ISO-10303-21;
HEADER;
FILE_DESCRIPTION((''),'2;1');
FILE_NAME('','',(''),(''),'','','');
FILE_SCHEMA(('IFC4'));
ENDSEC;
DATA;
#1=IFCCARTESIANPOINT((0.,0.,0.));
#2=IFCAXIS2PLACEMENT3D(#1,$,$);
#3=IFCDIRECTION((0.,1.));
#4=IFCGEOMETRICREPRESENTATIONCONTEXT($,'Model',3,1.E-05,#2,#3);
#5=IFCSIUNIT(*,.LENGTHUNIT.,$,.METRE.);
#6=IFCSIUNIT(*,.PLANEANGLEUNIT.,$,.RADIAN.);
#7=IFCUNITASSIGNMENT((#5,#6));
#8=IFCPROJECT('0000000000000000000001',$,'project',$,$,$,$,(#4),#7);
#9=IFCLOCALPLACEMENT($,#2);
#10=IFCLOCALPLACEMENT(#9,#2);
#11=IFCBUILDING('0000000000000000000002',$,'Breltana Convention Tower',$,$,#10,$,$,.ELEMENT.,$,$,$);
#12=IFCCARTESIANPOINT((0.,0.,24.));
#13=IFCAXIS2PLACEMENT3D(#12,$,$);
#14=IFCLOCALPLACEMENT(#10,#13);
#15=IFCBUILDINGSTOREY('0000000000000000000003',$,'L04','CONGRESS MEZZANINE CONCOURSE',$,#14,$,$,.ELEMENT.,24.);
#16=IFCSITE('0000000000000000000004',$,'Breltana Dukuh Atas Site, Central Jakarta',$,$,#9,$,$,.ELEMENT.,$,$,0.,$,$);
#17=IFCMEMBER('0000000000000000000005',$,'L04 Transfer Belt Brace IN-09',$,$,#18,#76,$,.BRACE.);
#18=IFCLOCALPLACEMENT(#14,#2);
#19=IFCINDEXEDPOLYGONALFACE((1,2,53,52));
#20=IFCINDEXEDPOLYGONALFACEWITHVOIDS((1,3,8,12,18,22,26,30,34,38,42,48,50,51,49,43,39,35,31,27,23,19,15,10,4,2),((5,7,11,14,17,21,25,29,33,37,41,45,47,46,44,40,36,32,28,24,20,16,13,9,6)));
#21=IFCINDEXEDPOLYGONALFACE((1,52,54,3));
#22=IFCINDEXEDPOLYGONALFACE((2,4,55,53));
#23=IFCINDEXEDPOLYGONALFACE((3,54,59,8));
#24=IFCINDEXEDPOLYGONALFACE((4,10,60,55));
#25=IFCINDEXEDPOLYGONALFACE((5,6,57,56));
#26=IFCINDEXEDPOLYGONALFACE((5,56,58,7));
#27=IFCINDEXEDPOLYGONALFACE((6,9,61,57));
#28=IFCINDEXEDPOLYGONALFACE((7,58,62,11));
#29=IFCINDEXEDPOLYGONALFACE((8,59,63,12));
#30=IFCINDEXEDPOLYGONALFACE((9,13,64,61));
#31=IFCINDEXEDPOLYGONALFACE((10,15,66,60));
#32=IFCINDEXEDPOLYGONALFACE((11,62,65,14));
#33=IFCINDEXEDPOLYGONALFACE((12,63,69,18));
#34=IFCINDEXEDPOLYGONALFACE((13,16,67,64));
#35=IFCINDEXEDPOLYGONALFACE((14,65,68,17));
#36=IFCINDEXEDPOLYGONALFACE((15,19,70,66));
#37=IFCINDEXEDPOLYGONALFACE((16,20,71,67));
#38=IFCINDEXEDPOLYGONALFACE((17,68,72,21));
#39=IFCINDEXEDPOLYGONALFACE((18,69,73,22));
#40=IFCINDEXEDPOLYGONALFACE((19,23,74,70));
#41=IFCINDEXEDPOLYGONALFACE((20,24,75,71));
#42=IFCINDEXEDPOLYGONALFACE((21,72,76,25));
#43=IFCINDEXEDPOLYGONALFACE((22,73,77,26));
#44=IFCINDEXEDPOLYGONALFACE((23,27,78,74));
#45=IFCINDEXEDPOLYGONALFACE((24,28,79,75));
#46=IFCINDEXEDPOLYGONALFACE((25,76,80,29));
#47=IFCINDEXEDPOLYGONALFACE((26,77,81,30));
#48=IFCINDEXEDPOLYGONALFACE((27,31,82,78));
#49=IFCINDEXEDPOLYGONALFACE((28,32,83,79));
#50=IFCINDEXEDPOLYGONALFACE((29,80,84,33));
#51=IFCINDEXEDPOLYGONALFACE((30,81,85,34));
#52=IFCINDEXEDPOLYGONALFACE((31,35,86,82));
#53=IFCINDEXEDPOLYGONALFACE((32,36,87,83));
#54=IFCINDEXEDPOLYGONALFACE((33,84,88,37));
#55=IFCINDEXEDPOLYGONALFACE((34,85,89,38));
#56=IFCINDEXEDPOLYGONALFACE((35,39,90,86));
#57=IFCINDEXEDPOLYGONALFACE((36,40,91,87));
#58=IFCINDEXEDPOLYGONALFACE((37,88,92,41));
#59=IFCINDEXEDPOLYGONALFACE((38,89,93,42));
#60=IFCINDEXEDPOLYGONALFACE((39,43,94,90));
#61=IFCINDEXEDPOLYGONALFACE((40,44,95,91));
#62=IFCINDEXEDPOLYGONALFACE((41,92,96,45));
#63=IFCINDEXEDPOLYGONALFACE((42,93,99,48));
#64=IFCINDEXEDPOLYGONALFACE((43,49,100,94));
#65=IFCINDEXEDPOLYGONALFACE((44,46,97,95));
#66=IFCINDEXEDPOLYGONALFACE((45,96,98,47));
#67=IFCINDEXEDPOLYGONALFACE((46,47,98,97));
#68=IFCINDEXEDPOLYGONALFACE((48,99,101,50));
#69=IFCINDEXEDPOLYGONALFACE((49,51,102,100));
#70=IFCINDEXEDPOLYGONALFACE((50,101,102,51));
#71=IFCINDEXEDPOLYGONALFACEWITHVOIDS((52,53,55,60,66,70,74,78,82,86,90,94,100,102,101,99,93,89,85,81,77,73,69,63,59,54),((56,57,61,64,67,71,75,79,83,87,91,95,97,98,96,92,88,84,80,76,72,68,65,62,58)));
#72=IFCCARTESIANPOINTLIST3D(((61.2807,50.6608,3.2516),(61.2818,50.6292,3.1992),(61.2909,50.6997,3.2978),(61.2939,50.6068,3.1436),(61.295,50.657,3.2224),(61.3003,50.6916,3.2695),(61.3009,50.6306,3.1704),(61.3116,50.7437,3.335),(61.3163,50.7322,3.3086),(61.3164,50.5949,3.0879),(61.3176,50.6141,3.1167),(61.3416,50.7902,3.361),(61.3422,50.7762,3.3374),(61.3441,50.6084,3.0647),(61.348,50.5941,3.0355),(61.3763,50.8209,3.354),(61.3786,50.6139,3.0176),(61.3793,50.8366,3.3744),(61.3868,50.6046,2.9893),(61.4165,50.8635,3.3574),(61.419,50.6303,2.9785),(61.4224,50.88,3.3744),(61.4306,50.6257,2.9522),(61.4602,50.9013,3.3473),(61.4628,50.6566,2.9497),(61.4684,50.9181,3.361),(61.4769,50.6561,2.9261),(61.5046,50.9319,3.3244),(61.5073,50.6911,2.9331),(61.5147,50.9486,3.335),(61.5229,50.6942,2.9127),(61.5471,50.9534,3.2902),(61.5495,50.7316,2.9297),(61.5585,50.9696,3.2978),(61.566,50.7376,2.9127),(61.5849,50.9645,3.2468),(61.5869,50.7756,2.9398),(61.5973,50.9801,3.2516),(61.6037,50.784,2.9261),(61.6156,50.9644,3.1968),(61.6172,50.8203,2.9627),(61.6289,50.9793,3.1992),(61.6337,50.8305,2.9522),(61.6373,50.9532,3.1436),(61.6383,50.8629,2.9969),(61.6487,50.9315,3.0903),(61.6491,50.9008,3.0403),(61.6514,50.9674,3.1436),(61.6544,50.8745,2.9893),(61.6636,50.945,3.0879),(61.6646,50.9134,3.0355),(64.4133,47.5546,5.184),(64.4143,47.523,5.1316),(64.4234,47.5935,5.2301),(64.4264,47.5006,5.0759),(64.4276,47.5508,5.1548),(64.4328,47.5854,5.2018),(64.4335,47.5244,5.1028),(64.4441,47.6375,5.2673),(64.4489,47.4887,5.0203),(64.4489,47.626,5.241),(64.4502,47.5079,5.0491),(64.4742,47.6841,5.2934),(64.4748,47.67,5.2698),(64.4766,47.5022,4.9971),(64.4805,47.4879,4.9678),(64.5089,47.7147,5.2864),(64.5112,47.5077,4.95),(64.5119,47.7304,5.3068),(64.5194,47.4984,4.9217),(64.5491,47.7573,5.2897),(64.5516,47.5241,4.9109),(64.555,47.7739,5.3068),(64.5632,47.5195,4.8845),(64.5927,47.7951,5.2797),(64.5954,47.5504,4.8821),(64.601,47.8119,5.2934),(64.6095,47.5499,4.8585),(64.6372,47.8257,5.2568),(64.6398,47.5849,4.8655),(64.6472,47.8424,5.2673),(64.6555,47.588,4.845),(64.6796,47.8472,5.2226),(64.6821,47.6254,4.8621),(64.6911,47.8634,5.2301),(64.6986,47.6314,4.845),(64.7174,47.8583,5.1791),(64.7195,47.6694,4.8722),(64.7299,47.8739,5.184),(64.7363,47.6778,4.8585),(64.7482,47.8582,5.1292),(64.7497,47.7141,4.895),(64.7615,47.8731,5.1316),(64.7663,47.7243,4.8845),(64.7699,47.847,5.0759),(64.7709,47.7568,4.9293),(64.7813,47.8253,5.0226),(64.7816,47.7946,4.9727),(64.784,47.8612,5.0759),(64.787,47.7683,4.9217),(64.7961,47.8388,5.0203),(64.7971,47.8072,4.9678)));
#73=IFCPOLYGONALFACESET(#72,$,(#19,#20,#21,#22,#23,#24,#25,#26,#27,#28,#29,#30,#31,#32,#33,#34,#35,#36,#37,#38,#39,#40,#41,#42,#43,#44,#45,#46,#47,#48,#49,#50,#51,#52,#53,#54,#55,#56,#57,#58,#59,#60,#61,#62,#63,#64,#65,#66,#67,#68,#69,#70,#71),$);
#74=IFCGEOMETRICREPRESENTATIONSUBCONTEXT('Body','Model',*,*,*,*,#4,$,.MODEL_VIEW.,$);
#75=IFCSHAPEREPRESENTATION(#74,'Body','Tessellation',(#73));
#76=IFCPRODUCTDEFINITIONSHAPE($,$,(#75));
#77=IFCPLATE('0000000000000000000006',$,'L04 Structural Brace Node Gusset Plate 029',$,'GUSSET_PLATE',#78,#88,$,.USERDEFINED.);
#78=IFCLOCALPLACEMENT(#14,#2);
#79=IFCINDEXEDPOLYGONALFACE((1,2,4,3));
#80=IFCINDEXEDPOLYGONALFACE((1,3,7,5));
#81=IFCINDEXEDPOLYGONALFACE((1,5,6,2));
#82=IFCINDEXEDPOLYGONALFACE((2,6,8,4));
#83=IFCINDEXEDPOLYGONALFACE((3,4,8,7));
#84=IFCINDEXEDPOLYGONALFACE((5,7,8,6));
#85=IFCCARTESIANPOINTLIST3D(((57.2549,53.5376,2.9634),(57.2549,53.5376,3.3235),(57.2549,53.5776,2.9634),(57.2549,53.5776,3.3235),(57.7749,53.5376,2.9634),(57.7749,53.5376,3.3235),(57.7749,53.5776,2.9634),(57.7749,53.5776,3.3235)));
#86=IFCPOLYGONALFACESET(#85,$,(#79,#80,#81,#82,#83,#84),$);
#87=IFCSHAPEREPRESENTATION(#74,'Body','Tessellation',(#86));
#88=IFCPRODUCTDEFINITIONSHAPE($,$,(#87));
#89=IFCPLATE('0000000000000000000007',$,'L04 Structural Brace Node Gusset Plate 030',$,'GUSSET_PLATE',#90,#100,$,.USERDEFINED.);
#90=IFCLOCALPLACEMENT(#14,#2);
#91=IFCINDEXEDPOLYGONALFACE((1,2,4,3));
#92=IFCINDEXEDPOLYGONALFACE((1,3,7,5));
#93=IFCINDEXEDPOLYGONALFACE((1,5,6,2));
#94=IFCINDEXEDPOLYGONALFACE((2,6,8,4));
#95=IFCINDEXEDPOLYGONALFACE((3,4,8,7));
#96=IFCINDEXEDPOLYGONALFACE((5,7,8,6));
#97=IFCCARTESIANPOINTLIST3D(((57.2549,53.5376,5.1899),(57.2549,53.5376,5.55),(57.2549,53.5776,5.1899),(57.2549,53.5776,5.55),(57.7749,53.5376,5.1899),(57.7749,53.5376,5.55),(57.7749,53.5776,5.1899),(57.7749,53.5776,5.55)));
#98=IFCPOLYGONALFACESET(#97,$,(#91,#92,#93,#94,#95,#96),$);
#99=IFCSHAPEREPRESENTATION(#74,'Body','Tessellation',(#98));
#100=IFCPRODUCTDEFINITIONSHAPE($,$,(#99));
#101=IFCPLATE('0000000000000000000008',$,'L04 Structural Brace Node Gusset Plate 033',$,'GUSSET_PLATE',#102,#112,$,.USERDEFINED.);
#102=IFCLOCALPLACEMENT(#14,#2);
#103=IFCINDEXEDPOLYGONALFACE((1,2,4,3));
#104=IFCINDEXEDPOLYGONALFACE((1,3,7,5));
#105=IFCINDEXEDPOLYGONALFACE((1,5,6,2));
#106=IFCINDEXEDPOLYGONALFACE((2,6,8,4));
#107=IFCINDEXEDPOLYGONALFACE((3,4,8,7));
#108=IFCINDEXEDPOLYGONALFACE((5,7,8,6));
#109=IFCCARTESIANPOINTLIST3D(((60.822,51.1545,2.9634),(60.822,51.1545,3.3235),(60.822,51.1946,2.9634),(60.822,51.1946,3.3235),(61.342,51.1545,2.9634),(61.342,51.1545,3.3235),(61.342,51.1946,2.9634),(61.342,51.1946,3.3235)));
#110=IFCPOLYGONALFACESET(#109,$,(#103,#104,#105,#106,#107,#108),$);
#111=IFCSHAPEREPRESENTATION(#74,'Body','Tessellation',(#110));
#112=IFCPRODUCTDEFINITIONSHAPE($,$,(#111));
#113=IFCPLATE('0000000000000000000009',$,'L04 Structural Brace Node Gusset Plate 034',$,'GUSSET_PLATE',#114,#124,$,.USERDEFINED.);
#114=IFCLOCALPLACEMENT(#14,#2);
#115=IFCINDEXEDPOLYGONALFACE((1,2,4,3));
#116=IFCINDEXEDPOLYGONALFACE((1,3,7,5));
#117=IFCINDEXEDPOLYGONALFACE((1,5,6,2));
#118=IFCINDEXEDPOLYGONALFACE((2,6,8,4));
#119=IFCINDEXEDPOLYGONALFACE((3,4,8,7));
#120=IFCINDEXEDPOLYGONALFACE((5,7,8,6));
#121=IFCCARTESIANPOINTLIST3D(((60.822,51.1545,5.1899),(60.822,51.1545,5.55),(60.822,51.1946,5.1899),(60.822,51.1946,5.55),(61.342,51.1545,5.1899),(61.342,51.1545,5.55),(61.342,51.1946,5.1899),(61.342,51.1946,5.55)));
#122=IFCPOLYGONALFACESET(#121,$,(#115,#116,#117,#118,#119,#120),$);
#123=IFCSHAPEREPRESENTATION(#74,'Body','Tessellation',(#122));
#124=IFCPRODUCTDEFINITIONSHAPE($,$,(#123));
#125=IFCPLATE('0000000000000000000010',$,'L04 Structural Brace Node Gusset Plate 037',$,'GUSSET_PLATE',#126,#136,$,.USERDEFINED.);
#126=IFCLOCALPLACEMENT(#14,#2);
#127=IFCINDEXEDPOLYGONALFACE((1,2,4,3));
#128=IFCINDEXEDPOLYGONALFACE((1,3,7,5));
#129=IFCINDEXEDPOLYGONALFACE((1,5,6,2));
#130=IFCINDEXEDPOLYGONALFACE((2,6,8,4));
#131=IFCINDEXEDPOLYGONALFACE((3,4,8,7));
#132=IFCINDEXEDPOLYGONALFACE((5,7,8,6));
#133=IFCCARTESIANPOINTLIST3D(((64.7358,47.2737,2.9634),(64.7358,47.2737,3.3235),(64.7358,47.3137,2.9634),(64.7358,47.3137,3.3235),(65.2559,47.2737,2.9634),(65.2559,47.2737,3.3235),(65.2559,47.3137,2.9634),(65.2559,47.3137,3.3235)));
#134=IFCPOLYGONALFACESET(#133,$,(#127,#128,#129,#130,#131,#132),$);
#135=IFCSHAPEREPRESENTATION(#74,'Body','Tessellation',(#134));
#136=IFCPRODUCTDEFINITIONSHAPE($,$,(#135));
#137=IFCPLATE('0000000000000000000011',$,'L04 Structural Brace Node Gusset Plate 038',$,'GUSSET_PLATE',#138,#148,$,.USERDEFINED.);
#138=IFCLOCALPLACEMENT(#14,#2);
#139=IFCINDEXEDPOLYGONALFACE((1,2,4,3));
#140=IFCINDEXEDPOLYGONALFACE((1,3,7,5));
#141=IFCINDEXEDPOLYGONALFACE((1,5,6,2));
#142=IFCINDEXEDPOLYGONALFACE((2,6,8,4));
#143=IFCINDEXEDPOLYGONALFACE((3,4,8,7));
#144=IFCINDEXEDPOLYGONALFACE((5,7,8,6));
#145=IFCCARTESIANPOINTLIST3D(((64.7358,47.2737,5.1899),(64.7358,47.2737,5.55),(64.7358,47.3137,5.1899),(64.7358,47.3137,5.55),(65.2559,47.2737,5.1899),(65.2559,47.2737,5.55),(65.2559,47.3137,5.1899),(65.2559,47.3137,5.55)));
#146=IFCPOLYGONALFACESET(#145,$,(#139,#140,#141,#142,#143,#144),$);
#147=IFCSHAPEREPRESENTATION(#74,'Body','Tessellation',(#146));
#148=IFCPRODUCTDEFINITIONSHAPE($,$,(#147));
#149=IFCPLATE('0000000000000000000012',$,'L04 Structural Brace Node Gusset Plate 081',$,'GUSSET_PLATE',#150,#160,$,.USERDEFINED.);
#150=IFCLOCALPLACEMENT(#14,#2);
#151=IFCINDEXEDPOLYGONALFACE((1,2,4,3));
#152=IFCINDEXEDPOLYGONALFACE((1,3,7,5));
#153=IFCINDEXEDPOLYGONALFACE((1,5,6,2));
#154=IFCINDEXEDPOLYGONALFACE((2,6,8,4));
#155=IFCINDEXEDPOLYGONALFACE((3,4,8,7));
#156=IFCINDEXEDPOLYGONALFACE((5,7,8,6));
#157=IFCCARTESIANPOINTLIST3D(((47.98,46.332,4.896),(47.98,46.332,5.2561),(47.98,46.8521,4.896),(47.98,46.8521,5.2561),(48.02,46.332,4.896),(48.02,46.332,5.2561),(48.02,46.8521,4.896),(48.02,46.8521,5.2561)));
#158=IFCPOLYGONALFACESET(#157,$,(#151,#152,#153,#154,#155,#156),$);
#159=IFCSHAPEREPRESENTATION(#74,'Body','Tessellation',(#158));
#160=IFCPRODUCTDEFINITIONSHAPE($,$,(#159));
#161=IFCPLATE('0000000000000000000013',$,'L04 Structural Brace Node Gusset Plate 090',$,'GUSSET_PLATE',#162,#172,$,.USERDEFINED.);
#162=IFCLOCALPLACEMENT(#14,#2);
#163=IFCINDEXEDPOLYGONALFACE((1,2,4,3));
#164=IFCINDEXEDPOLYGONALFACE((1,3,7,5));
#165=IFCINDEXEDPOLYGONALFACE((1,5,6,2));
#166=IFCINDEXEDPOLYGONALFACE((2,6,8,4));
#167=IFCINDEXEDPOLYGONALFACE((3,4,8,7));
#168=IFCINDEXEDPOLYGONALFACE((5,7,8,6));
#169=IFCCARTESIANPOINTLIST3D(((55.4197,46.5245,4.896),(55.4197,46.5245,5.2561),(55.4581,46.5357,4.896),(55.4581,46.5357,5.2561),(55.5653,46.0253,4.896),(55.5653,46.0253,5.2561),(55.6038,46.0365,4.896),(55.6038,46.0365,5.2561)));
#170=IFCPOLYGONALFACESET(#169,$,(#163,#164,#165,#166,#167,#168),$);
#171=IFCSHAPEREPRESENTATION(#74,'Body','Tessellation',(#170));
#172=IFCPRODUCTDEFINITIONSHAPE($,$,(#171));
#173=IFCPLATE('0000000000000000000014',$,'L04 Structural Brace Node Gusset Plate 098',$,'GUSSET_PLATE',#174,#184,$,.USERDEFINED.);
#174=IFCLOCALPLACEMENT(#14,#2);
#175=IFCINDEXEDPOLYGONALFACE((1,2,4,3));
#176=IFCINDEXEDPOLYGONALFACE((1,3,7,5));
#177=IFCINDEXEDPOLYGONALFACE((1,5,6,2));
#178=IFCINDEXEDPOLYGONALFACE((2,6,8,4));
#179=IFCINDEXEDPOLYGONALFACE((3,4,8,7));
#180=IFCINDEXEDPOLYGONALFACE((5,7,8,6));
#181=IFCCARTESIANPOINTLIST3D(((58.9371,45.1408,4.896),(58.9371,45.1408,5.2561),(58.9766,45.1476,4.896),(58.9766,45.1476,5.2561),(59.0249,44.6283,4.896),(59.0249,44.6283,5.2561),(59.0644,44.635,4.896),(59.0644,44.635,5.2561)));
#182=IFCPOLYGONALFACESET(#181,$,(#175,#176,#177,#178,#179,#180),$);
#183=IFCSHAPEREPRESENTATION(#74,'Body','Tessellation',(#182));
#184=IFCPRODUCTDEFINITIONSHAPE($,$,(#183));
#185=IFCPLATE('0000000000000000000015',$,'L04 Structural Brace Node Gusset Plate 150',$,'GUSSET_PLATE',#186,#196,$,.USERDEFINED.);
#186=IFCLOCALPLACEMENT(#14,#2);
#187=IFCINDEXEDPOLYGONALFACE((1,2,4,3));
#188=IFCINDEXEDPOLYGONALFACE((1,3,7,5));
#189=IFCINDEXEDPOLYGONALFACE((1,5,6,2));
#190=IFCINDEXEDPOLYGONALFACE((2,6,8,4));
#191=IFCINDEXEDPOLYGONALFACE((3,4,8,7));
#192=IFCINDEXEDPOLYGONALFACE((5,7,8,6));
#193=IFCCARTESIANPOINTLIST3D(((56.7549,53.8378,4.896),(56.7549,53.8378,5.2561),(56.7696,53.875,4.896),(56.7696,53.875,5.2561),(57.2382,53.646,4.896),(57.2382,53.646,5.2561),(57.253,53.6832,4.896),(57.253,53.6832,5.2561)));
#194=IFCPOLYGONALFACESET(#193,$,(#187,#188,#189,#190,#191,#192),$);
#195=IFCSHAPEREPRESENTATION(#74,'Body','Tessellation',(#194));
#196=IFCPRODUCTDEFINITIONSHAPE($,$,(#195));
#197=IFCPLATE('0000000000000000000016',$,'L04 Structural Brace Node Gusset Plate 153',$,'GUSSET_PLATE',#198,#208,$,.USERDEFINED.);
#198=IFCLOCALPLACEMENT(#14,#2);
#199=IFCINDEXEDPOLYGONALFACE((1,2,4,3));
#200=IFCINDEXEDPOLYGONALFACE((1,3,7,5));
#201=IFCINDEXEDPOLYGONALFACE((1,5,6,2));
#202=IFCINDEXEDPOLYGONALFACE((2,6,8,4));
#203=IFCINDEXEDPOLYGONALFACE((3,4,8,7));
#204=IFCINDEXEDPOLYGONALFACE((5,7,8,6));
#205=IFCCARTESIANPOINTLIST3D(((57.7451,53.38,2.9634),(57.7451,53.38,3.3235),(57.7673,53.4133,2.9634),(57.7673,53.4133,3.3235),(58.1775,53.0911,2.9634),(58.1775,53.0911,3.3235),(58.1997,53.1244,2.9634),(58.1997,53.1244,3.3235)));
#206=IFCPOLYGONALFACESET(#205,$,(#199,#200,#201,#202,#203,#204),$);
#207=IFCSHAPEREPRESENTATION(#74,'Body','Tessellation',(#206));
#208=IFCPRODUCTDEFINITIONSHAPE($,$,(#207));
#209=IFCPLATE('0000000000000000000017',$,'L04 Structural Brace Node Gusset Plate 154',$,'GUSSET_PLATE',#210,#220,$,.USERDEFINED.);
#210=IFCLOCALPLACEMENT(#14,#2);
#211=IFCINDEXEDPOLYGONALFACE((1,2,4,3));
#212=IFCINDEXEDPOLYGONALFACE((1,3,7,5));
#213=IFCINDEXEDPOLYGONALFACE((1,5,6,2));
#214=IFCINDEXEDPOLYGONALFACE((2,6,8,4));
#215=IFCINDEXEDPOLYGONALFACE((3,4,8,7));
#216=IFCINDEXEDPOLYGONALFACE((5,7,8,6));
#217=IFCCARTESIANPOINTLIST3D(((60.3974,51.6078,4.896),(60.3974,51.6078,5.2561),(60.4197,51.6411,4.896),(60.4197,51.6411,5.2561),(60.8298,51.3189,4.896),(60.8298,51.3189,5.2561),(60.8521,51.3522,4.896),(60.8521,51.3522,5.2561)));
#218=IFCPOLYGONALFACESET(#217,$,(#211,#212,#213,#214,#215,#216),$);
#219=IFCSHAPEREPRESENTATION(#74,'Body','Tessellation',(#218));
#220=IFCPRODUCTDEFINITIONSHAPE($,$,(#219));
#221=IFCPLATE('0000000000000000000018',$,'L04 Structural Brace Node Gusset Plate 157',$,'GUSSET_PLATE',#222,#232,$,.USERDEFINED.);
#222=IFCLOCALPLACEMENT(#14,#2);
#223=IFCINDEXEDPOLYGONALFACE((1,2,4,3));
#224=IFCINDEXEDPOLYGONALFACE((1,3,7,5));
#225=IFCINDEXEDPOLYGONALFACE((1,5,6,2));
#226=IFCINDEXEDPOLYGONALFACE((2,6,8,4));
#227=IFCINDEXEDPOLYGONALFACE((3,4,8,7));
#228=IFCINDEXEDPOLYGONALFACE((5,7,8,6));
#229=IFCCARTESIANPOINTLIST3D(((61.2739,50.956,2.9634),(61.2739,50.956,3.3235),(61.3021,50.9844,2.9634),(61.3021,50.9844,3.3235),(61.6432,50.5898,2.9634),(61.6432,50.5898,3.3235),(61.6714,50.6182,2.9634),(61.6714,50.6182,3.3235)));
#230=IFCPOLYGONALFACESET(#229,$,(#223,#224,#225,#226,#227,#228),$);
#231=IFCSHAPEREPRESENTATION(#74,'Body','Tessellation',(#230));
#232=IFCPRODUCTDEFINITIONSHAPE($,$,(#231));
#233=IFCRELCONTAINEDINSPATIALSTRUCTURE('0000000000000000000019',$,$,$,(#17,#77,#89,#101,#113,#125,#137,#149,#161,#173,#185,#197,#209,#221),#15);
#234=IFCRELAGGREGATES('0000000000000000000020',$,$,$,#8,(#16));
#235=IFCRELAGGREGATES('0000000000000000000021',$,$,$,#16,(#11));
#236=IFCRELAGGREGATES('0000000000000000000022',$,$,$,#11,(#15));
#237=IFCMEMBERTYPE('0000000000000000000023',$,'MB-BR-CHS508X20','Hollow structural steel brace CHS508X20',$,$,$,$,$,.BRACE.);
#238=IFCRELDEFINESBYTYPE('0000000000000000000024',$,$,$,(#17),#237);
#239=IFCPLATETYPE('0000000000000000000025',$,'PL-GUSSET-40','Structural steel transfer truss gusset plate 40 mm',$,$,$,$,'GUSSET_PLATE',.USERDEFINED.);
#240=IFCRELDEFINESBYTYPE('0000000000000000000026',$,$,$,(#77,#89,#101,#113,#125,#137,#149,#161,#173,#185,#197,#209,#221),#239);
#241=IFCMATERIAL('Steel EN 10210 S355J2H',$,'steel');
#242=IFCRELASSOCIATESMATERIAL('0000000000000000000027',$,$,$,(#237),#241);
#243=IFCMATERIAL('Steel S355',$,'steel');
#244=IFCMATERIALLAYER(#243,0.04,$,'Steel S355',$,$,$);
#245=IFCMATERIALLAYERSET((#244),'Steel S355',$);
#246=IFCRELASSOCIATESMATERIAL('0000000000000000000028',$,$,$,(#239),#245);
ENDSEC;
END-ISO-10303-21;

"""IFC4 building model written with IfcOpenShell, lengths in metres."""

from ifc_helpers import new_model, si_unit, direction, frame, origin, origin_2d, place, context, subcontext, project, spatial, rectangle, hollow_circle, extrude, source, transform, mapped, material, layer, layer_set, material_profile, profile_set, type_object, element, save


model = new_model("IFC4")

# Units and contexts
model_context = context("Model", 3, precision=1e-05, world=origin(), true_north=direction((0.0, 1.0)))
body_context = subcontext(model_context, "Body", "Model", "MODEL_VIEW")
ifc_project = project(units=[si_unit("LENGTHUNIT", "METRE"), si_unit("PLANEANGLEUNIT", "RADIAN")], contexts=[model_context])

# Site, building, storey
site_placement = place(None, origin())
site = spatial("IfcSite", under=ifc_project, at=site_placement, Name="Breltana Dukuh Atas Site, Central Jakarta", CompositionType="ELEMENT", RefElevation=0.0)
building_placement = place(site_placement, origin())
building = spatial("IfcBuilding", under=site, at=building_placement, Name="Breltana Convention Tower", CompositionType="ELEMENT")
storey_placement = place(building_placement, frame((0.0, 0.0, 24.0)))
storey = spatial("IfcBuildingStorey", under=building, at=storey_placement, Name="L04", Description="CONGRESS MEZZANINE CONCOURSE", CompositionType="ELEMENT", Elevation=24.0)

# Shared definitions
ifc_material_1 = material(Name="Steel EN 10210 S355J2H", Category="steel")
ifc_material_profile_1 = material_profile(ifc_material_1, hollow_circle(Radius=0.2539, WallThickness=0.02, at=origin_2d()), Name="CHS508X20")
ifc_profile_set_1 = profile_set([ifc_material_profile_1], Name="Steel EN 10210 S355J2H")
member_type_1 = type_object("IfcMemberType", Name="MB-BR-CHS508X20", Description="Hollow structural steel brace CHS508X20", PredefinedType="BRACE", material=ifc_profile_set_1)

# Member
shared_shape_1 = source(origin(), body_context, "Body", "SweptSolid", [
    extrude(hollow_circle(Radius=0.2539, WallThickness=0.02, at=origin_2d()), origin(), (0.0, 0.0, 1.0), 4.8162),
])
member_1_placement = place(storey_placement, frame((61.4727, 50.7871, 3.1436), z_axis=(0.650427, -0.644952, 0.401226), x_axis=(0.704112, 0.710089, 0.0)))
element("IfcMember", 1, at=member_1_placement, inside=storey, type_object=member_type_1, Name="L04 Transfer Belt Brace IN-09", PredefinedType="BRACE", context=body_context, shape_type="MappedRepresentation", body=[
    mapped(shared_shape_1, transform((0.0, 0.0, 0.0), scale=1.0)),
])

# Plates
ifc_material_2 = material(Name="Steel S355", Category="steel")
ifc_layer_1 = layer(ifc_material_2, 0.04, Name="Steel S355")
ifc_layer_set_1 = layer_set([ifc_layer_1], Name="Steel S355")
plate_type = type_object("IfcPlateType", Name="PL-GUSSET-40", Description="Structural steel transfer truss gusset plate 40 mm", ElementType="GUSSET_PLATE", PredefinedType="USERDEFINED", material=ifc_layer_set_1)
shared_shape_2 = source(origin(), body_context, "Body", "SweptSolid", [
    extrude(rectangle(XDim=0.52, YDim=0.04, at=origin_2d()), origin(), (0.0, 0.0, 1.0), 0.3601),
])
for number, where, z_axis, x_axis, name in (
    (2, (57.5149, 53.5576, 2.9634), (0.0, 0.0, 1.0), (1.0, 0.0, 0.0), "L04 Structural Brace Node Gusset Plate 029"),
    (3, (57.5149, 53.5576, 5.1899), (0.0, 0.0, 1.0), (1.0, 0.0, 0.0), "L04 Structural Brace Node Gusset Plate 030"),
    (4, (61.082, 51.1746, 2.9634), (0.0, 0.0, 1.0), (1.0, 0.0, 0.0), "L04 Structural Brace Node Gusset Plate 033"),
    (5, (61.082, 51.1746, 5.1899), (0.0, 0.0, 1.0), (1.0, 0.0, 0.0), "L04 Structural Brace Node Gusset Plate 034"),
    (6, (64.9958, 47.2937, 2.9634), (0.0, 0.0, 1.0), (1.0, 0.0, 0.0), "L04 Structural Brace Node Gusset Plate 037"),
    (7, (64.9958, 47.2937, 5.1899), (0.0, 0.0, 1.0), (1.0, 0.0, 0.0), "L04 Structural Brace Node Gusset Plate 038"),
    (8, (48.0, 46.592, 4.896), (0.0, 0.0, 1.0), (0.0, 1.0, 0.0), "L04 Structural Brace Node Gusset Plate 081"),
    (9, (55.5117, 46.2805, 4.896), (0.0, 0.0, 1.0), (-0.280164, 0.959952, 0.0), "L04 Structural Brace Node Gusset Plate 090"),
    (10, (59.0007, 44.8879, 4.896), (0.0, 0.0, 1.0), (-0.168833, 0.985645, 0.0), "L04 Structural Brace Node Gusset Plate 098"),
    (11, (57.0039, 53.7605, 4.896), (0.0, 0.0, 1.0), (0.929455, -0.368936, 0.0), "L04 Structural Brace Node Gusset Plate 150"),
    (12, (57.9724, 53.2522, 2.9634), (0.0, 0.0, 1.0), (0.83147, -0.55557, 0.0), "L04 Structural Brace Node Gusset Plate 153"),
    (13, (60.6248, 51.48, 4.896), (0.0, 0.0, 1.0), (0.83147, -0.55557, 0.0), "L04 Structural Brace Node Gusset Plate 154"),
    (14, (61.4727, 50.7871, 2.9634), (0.0, 0.0, 1.0), (0.710062, -0.704139, 0.0), "L04 Structural Brace Node Gusset Plate 157"),
):
    element("IfcPlate", number, at=place(storey_placement, frame(where, z_axis=z_axis, x_axis=x_axis)), inside=storey, type_object=plate_type, Name=name, ObjectType="GUSSET_PLATE", PredefinedType="USERDEFINED", context=body_context, shape_type="MappedRepresentation", body=[
        mapped(shared_shape_2, transform((0.0, 0.0, 0.0), scale=1.0)),
    ])

save(model, "model.ifc")
